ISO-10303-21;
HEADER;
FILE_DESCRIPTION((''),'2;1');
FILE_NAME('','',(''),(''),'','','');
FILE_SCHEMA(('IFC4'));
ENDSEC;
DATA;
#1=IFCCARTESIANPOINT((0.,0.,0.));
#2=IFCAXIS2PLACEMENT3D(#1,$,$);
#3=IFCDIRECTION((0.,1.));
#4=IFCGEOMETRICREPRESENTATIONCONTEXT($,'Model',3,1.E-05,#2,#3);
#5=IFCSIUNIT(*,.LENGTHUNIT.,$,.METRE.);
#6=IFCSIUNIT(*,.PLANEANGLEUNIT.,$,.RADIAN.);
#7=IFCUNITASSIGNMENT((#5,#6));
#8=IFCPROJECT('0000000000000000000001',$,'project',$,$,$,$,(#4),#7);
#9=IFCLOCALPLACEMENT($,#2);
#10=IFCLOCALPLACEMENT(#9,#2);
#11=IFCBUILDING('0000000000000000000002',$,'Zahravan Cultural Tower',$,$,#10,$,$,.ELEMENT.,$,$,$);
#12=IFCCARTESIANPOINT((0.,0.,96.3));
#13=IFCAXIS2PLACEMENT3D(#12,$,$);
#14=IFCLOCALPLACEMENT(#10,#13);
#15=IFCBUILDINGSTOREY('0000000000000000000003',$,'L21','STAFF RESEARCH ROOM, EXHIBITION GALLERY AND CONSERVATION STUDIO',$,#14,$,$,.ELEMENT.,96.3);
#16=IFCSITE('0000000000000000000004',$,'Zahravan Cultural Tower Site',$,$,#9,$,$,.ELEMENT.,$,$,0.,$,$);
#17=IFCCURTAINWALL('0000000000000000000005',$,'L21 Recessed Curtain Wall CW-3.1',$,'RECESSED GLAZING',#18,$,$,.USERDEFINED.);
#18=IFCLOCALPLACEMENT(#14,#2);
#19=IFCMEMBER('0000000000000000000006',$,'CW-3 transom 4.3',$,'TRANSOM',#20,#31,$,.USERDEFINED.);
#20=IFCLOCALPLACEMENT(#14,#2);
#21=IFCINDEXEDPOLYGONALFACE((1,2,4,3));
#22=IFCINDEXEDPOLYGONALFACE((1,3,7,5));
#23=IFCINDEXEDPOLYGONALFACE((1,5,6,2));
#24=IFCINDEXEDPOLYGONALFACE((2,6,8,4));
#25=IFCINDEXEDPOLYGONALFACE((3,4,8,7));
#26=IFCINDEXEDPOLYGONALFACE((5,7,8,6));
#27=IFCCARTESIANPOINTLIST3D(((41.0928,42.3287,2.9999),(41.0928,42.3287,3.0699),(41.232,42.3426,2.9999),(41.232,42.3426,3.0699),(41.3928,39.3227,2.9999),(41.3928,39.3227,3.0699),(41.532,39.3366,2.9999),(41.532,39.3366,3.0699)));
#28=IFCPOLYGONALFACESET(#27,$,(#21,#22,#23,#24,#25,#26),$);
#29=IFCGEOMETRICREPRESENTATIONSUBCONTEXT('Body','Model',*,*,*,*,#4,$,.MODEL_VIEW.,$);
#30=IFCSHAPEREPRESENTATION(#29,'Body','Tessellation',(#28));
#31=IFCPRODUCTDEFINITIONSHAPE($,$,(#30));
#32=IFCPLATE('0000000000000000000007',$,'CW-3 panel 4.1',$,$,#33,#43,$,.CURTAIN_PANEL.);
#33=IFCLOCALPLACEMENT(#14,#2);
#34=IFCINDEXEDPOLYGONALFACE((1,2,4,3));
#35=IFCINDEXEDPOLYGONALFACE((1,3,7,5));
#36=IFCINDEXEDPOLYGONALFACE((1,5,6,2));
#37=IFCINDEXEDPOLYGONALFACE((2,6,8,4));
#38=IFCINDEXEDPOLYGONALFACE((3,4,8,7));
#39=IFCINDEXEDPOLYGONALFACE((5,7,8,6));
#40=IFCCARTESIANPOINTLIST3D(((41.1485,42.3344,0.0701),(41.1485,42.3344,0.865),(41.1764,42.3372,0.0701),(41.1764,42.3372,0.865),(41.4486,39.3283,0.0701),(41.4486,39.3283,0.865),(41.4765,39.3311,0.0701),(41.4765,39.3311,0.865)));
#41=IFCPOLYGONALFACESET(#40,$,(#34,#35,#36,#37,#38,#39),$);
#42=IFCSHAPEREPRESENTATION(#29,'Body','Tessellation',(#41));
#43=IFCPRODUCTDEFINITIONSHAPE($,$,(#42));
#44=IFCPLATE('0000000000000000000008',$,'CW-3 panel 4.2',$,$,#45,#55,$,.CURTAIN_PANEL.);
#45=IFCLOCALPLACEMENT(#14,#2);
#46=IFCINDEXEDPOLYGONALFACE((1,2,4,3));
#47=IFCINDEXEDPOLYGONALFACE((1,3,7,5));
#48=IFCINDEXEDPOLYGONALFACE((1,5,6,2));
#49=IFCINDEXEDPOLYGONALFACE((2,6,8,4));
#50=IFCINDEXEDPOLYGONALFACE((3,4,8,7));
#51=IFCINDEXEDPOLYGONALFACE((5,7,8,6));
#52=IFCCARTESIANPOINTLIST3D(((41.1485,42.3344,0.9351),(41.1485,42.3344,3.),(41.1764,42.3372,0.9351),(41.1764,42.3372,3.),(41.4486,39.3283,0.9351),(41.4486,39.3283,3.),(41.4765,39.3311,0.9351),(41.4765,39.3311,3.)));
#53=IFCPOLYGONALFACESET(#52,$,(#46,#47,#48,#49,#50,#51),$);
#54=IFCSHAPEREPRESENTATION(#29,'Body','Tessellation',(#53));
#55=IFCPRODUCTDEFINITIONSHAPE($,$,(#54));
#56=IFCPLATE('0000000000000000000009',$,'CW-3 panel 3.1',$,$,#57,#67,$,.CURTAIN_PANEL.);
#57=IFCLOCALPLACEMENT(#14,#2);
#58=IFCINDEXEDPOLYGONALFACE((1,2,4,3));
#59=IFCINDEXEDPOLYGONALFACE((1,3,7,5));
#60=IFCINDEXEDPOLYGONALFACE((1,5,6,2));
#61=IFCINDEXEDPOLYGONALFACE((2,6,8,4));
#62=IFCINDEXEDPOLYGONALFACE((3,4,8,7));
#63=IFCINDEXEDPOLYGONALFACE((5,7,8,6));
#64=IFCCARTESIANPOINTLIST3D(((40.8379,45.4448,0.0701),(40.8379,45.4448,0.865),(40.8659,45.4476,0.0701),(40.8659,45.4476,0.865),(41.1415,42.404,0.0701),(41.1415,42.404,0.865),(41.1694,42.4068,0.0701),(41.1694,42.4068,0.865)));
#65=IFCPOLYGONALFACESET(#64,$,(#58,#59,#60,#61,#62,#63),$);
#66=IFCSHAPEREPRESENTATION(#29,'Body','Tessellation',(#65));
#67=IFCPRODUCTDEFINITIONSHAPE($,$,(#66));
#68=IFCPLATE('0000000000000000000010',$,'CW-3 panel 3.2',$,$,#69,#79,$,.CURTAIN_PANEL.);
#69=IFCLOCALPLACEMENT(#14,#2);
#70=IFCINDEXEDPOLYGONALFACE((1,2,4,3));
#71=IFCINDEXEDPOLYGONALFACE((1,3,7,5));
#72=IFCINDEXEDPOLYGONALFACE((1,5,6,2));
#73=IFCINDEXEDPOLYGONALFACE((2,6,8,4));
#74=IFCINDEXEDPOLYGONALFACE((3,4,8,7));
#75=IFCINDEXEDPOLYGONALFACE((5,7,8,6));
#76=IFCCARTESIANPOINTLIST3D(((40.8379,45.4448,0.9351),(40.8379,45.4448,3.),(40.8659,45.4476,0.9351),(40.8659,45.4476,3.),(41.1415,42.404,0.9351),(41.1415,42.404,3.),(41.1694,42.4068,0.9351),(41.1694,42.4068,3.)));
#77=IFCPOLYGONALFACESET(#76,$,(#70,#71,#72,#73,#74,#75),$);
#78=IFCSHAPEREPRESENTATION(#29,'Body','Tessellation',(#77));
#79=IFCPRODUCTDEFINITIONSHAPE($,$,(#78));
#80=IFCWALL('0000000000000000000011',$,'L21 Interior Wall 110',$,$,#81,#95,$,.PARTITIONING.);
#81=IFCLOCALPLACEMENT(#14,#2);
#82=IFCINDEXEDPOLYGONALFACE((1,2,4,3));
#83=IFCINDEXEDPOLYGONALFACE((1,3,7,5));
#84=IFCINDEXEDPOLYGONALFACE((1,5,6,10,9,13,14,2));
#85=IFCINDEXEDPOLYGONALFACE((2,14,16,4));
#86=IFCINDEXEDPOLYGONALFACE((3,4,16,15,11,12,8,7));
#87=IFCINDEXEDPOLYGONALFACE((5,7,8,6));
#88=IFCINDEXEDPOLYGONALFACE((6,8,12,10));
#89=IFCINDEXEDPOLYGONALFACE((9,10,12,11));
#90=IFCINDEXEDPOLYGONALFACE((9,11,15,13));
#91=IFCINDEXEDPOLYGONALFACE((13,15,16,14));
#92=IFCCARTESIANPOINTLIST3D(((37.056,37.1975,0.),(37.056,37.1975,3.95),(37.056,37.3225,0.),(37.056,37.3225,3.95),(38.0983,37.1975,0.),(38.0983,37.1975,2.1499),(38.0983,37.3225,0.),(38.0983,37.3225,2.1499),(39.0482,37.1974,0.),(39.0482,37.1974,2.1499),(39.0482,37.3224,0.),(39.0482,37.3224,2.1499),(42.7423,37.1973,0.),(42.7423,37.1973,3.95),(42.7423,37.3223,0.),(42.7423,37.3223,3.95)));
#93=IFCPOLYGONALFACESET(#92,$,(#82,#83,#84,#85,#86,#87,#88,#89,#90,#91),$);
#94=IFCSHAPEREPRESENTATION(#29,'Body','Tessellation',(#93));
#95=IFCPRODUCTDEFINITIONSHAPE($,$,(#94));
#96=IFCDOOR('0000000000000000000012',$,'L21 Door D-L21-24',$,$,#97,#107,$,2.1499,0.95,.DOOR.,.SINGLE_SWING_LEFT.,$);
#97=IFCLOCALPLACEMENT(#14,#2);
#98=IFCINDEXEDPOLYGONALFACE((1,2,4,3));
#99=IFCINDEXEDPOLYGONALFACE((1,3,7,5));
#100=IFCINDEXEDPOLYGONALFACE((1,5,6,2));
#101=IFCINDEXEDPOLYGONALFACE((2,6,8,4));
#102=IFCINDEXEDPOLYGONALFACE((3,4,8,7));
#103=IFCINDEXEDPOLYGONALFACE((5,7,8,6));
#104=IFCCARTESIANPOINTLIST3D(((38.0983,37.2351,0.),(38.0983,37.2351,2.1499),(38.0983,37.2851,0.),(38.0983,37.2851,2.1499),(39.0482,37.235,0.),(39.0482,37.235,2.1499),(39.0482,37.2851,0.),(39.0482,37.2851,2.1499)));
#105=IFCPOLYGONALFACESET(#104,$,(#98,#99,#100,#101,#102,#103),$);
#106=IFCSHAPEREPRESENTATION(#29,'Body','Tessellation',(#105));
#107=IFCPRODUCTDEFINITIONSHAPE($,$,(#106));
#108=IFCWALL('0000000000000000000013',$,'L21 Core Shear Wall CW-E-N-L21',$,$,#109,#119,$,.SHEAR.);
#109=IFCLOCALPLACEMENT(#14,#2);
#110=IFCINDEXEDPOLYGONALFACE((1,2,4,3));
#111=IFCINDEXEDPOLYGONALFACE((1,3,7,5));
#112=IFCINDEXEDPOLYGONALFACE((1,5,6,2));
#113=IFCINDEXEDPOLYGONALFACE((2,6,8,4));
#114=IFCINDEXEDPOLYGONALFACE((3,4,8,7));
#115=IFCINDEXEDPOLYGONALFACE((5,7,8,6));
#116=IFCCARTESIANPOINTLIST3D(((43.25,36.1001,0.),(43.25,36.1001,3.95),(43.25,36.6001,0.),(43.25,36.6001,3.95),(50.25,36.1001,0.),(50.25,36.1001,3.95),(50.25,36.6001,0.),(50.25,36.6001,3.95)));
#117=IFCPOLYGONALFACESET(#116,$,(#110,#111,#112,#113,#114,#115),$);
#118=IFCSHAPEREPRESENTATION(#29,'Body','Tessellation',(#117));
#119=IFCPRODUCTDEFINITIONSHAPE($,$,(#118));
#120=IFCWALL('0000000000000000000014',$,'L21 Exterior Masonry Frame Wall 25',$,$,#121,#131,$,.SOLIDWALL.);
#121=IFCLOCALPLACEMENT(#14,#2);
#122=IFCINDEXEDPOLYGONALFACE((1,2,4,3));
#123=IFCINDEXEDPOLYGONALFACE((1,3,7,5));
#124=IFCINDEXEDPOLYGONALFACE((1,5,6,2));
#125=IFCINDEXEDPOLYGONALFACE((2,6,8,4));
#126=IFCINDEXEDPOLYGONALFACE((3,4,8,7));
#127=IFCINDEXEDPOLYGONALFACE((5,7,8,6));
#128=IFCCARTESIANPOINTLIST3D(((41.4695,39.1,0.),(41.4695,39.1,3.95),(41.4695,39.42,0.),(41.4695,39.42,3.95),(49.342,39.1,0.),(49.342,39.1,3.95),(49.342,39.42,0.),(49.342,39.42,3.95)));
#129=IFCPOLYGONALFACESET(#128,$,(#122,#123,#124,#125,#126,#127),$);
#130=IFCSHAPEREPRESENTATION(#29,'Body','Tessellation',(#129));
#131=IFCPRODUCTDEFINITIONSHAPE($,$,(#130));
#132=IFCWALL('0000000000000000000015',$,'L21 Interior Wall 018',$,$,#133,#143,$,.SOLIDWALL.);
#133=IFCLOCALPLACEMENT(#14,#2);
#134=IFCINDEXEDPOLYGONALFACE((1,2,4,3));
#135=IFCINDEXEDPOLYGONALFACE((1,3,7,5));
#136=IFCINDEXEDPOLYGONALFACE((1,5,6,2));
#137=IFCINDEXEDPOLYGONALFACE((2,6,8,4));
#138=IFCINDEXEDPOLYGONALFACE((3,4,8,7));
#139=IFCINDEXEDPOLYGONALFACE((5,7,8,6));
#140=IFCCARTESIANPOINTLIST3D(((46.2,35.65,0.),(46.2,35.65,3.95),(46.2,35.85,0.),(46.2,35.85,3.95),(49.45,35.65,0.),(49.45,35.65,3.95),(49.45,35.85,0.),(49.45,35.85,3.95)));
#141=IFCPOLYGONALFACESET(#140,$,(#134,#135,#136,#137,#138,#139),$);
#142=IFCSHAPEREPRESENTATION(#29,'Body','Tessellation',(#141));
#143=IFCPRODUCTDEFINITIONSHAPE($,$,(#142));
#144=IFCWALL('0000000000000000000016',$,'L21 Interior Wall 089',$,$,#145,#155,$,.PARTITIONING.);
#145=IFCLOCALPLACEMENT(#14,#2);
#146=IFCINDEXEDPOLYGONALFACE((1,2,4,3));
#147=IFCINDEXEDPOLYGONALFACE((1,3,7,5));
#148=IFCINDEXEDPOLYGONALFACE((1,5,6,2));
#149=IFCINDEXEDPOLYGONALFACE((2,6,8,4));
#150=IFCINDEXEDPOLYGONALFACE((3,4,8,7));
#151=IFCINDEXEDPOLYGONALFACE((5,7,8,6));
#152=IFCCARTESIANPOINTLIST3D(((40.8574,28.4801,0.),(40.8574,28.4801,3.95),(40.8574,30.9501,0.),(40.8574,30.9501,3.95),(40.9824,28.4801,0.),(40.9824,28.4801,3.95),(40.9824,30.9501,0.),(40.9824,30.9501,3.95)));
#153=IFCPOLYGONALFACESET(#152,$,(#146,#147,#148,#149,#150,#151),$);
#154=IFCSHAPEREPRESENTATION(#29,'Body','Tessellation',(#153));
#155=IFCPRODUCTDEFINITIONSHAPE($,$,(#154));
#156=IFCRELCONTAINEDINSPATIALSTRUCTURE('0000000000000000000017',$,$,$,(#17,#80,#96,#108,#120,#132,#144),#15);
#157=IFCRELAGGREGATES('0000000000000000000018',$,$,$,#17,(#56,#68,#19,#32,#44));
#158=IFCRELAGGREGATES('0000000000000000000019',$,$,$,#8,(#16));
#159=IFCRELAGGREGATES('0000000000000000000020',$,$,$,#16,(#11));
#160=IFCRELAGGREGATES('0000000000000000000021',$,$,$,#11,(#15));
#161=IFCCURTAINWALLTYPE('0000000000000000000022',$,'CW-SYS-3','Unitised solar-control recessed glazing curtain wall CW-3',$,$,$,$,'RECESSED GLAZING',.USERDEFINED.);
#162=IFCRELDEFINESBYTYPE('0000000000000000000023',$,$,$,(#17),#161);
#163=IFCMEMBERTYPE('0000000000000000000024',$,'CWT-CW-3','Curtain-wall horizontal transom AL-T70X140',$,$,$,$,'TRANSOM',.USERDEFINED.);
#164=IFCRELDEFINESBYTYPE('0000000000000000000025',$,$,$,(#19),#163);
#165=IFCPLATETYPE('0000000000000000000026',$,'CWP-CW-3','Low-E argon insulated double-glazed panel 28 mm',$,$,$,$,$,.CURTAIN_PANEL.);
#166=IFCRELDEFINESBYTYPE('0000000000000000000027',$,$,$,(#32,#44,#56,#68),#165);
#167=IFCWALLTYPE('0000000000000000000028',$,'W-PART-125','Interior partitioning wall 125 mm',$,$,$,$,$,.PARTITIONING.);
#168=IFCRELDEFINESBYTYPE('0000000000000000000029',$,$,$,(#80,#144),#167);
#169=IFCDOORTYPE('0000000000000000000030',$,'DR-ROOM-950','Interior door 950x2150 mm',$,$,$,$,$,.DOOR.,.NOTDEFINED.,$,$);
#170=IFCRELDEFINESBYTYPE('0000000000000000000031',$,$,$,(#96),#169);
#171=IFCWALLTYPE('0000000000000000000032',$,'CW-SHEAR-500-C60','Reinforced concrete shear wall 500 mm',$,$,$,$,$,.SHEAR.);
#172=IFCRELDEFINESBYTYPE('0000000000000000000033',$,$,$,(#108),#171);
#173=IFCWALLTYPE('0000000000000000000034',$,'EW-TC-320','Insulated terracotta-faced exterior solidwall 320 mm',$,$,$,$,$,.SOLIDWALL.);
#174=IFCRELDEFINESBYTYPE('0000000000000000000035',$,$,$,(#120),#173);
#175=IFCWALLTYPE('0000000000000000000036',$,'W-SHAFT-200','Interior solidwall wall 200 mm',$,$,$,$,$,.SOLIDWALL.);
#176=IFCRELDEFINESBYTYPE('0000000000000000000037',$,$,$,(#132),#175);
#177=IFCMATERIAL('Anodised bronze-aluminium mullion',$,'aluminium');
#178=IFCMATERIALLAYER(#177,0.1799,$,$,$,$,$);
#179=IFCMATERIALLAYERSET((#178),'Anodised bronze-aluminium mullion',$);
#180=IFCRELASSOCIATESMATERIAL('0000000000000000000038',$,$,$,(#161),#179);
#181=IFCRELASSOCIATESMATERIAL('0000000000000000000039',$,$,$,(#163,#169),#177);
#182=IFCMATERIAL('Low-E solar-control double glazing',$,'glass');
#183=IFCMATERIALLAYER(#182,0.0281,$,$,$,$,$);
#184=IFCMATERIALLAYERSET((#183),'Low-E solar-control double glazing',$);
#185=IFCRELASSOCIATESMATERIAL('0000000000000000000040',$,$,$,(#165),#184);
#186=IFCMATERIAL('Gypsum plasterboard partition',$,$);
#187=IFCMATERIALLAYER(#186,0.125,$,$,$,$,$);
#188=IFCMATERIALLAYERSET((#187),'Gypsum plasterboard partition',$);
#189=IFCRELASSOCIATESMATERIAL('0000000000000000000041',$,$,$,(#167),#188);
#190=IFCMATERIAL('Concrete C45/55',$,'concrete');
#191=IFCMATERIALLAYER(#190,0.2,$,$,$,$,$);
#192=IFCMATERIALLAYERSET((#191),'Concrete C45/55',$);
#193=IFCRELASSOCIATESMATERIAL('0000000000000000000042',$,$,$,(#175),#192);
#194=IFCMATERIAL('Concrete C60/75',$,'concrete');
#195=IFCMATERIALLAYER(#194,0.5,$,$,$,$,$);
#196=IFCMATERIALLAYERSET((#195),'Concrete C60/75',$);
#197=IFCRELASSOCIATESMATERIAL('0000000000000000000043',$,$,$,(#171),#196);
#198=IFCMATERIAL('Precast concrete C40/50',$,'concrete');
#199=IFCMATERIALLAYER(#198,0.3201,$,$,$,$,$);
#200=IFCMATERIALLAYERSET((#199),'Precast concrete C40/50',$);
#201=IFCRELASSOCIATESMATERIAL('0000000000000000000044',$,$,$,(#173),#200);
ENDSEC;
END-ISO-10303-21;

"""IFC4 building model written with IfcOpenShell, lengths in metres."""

from ifc_helpers import new_model, si_unit, direction, frame, frame_2d, origin, origin_2d, place, context, subcontext, project, spatial, rectangle, extrude, source, transform, mapped, material, layer, layer_set, material_profile, profile_set, type_object, element, fill, aggregate, save


model = new_model("IFC4")

# Units and contexts
model_context = context("Model", 3, precision=1e-05, world=origin(), true_north=direction((0.0, 1.0)))
body_context = subcontext(model_context, "Body", "Model", "MODEL_VIEW")
ifc_project = project(units=[si_unit("LENGTHUNIT", "METRE"), si_unit("PLANEANGLEUNIT", "RADIAN")], contexts=[model_context])

# Site, building, storey
site_placement = place(None, origin())
site = spatial("IfcSite", under=ifc_project, at=site_placement, Name="Zahravan Cultural Tower Site", CompositionType="ELEMENT", RefElevation=0.0)
building_placement = place(site_placement, origin())
building = spatial("IfcBuilding", under=site, at=building_placement, Name="Zahravan Cultural Tower", CompositionType="ELEMENT")
storey_placement = place(building_placement, frame((0.0, 0.0, 96.3)))
storey = spatial("IfcBuildingStorey", under=building, at=storey_placement, Name="L21", Description="STAFF RESEARCH ROOM, EXHIBITION GALLERY AND CONSERVATION STUDIO", CompositionType="ELEMENT", Elevation=96.3)

# Shared definitions
ifc_material_1 = material(Name="Concrete C60/75", Category="concrete")

# Curtain wall, member, plates
ifc_material_2 = material(Name="Anodised bronze-aluminium mullion", Category="aluminium")
ifc_layer_1 = layer(ifc_material_2, 0.1799)
ifc_layer_set_1 = layer_set([ifc_layer_1], Name="Anodised bronze-aluminium mullion")
curtain_wall_type = type_object("IfcCurtainWallType", Name="CW-SYS-3", Description="Unitised solar-control recessed glazing curtain wall CW-3", ElementType="RECESSED GLAZING", PredefinedType="USERDEFINED", material=ifc_layer_set_1)
curtain_wall_placement = place(storey_placement, origin())
curtain_wall = element("IfcCurtainWall", 1, at=curtain_wall_placement, inside=storey, type_object=curtain_wall_type, Name="L21 Recessed Curtain Wall CW-3.1", ObjectType="RECESSED GLAZING", PredefinedType="USERDEFINED")
ifc_material_profile_1 = material_profile(ifc_material_2, rectangle(XDim=0.1399, YDim=0.0701, at=origin_2d()), Name="AL-T70X140")
ifc_profile_set_1 = profile_set([ifc_material_profile_1], Name="Anodised bronze-aluminium mullion")
member_type_1 = type_object("IfcMemberType", Name="CWT-CW-3", Description="Curtain-wall horizontal transom AL-T70X140", ElementType="TRANSOM", PredefinedType="USERDEFINED", material=ifc_profile_set_1)
shared_shape_1 = source(origin(), body_context, "Body", "SweptSolid", [
    extrude(rectangle(XDim=0.1399, YDim=0.0701, at=origin_2d()), origin(), (0.0, 0.0, 1.0), 3.021),
])
member_1_placement = place(storey_placement, frame((41.1624, 42.3357, 3.0349), z_axis=(0.09932, -0.995056, 0.0), x_axis=(0.995056, 0.09932, 0.0)))
member_1 = element("IfcMember", 2, at=member_1_placement, type_object=member_type_1, Name="CW-3 transom 4.3", ObjectType="TRANSOM", PredefinedType="USERDEFINED", context=body_context, shape_type="MappedRepresentation", body=[
    mapped(shared_shape_1, transform((0.0, 0.0, 0.0), x_axis=(1.0, 0.0, 0.0), y_axis=(0.0, 1.0, 0.0), z_axis=(0.0, 0.0, 1.0), scale=1.0)),
])
ifc_material_3 = material(Name="Low-E solar-control double glazing", Category="glass")
ifc_layer_2 = layer(ifc_material_3, 0.0281)
ifc_layer_set_2 = layer_set([ifc_layer_2], Name="Low-E solar-control double glazing")
plate_type = type_object("IfcPlateType", Name="CWP-CW-3", Description="Low-E argon insulated double-glazed panel 28 mm", PredefinedType="CURTAIN_PANEL", material=ifc_layer_set_2)
shared_shape_2 = source(origin(), body_context, "Body", "SweptSolid", [
    extrude(rectangle(XDim=3.021, YDim=0.0281, at=origin_2d()), origin(), (0.0, 0.0, 1.0), 0.7949),
])
plate_1_placement = place(storey_placement, frame((41.3125, 40.8328, 0.0701), z_axis=(0.0, 0.0, 1.0), x_axis=(0.099322, -0.995055, 0.0)))
plate_1 = element("IfcPlate", 3, at=plate_1_placement, type_object=plate_type, Name="CW-3 panel 4.1", PredefinedType="CURTAIN_PANEL", context=body_context, shape_type="MappedRepresentation", body=[
    mapped(shared_shape_2, transform((0.0, 0.0, 0.0), x_axis=(1.0, 0.0, 0.0), y_axis=(0.0, 1.0, 0.0), z_axis=(0.0, 0.0, 1.0), scale=1.0)),
])
shared_shape_3 = source(origin(), body_context, "Body", "SweptSolid", [
    extrude(rectangle(XDim=3.021, YDim=0.0281, at=origin_2d()), origin(), (0.0, 0.0, 1.0), 2.0649),
])
plate_2_placement = place(storey_placement, frame((41.3125, 40.8328, 0.9351), z_axis=(0.0, 0.0, 1.0), x_axis=(0.099322, -0.995055, 0.0)))
plate_2 = element("IfcPlate", 4, at=plate_2_placement, type_object=plate_type, Name="CW-3 panel 4.2", PredefinedType="CURTAIN_PANEL", context=body_context, shape_type="MappedRepresentation", body=[
    mapped(shared_shape_3, transform((0.0, 0.0, 0.0), x_axis=(1.0, 0.0, 0.0), y_axis=(0.0, 1.0, 0.0), z_axis=(0.0, 0.0, 1.0), scale=1.0)),
])
shared_shape_4 = source(origin(), body_context, "Body", "SweptSolid", [
    extrude(rectangle(XDim=3.0559, YDim=0.0281, at=origin_2d()), origin(), (0.0, 0.0, 1.0), 0.7949),
])
plate_3_placement = place(storey_placement, frame((41.0037, 43.9258, 0.0701), z_axis=(0.0, 0.0, 1.0), x_axis=(0.099322, -0.995055, 0.0)))
plate_3 = element("IfcPlate", 5, at=plate_3_placement, type_object=plate_type, Name="CW-3 panel 3.1", PredefinedType="CURTAIN_PANEL", context=body_context, shape_type="MappedRepresentation", body=[
    mapped(shared_shape_4, transform((0.0, 0.0, 0.0), x_axis=(1.0, 0.0, 0.0), y_axis=(0.0, 1.0, 0.0), z_axis=(0.0, 0.0, 1.0), scale=1.0)),
])
shared_shape_5 = source(origin(), body_context, "Body", "SweptSolid", [
    extrude(rectangle(XDim=3.0559, YDim=0.0281, at=origin_2d()), origin(), (0.0, 0.0, 1.0), 2.0649),
])
plate_4_placement = place(storey_placement, frame((41.0037, 43.9258, 0.9351), z_axis=(0.0, 0.0, 1.0), x_axis=(0.099322, -0.995055, 0.0)))
plate_4 = element("IfcPlate", 6, at=plate_4_placement, type_object=plate_type, Name="CW-3 panel 3.2", PredefinedType="CURTAIN_PANEL", context=body_context, shape_type="MappedRepresentation", body=[
    mapped(shared_shape_5, transform((0.0, 0.0, 0.0), x_axis=(1.0, 0.0, 0.0), y_axis=(0.0, 1.0, 0.0), z_axis=(0.0, 0.0, 1.0), scale=1.0)),
])
aggregate(curtain_wall, [plate_3, plate_4, member_1, plate_1, plate_2])

# Wall, opening, door
ifc_material_4 = material(Name="Gypsum plasterboard partition")
ifc_layer_3 = layer(ifc_material_4, 0.125)
ifc_layer_set_3 = layer_set([ifc_layer_3], Name="Gypsum plasterboard partition")
wall_type_1 = type_object("IfcWallType", Name="W-PART-125", Description="Interior partitioning wall 125 mm", PredefinedType="PARTITIONING", material=ifc_layer_set_3)
door_type_1 = type_object("IfcDoorType", Name="DR-ROOM-950", Description="Interior door 950x2150 mm", OperationType="NOTDEFINED", PredefinedType="DOOR", material=ifc_material_2)
shared_shape_6 = source(origin(), body_context, "Body", "SweptSolid", [
    extrude(rectangle(XDim=0.95, YDim=2.1499, at=frame_2d((0.4751, 1.075))), frame((0.0, 0.0249, 0.0), z_axis=(0.0, -1.0, 0.0), x_axis=(1.0, 0.0, 0.0)), (0.0, 0.0, 1.0), 0.05),
])
wall_1_placement = place(storey_placement, frame((42.7424, 37.2598, 0.0), z_axis=(0.0, 0.0, 1.0), x_axis=(-1.0, 0.000043, 0.0)))
wall_1 = element("IfcWall", 7, at=wall_1_placement, inside=storey, type_object=wall_type_1, Name="L21 Interior Wall 110", PredefinedType="PARTITIONING", context=body_context, shape_type="SweptSolid", body=[
    extrude(rectangle(XDim=5.6863, YDim=0.125, at=frame_2d((2.8433, 0.0))), origin(), (0.0, 0.0, 1.0), 3.95),
])
opening_1_placement = place(wall_1_placement, frame((3.6941, 0.0, 0.0)))
opening_1 = element("IfcOpeningElement", 8, at=opening_1_placement, cuts=wall_1, PredefinedType="OPENING", context=body_context, shape_type="SweptSolid", body=[
    extrude(rectangle(XDim=0.95, YDim=2.1499, at=frame_2d((0.4751, 1.075))), frame((0.0, 0.0725, 0.0), z_axis=(0.0, -1.0, 0.0), x_axis=(1.0, 0.0, 0.0)), (0.0, 0.0, 1.0), 0.145),
])
door_1_placement = place(opening_1_placement, origin())
door_1 = element("IfcDoor", 9, at=door_1_placement, inside=storey, type_object=door_type_1, Name="L21 Door D-L21-24", OperationType="SINGLE_SWING_LEFT", OverallHeight=2.1499, OverallWidth=0.95, PredefinedType="DOOR", context=body_context, shape_type="MappedRepresentation", body=[
    mapped(shared_shape_6, transform((0.0, 0.0, 0.0), x_axis=(1.0, 0.0, 0.0), y_axis=(0.0, 1.0, 0.0), z_axis=(0.0, 0.0, 1.0), scale=1.0)),
])
fill(opening_1, door_1)
ifc_material_5 = material(Name="Concrete C45/55", Category="concrete")
ifc_layer_4 = layer(ifc_material_5, 0.2)
ifc_layer_set_4 = layer_set([ifc_layer_4], Name="Concrete C45/55")
wall_type_2 = type_object("IfcWallType", Name="W-SHAFT-200", Description="Interior solidwall wall 200 mm", PredefinedType="SOLIDWALL", material=ifc_layer_set_4)

# Walls
ifc_layer_5 = layer(ifc_material_1, 0.5)
ifc_layer_set_5 = layer_set([ifc_layer_5], Name="Concrete C60/75")
wall_type_3 = type_object("IfcWallType", Name="CW-SHEAR-500-C60", Description="Reinforced concrete shear wall 500 mm", PredefinedType="SHEAR", material=ifc_layer_set_5)
shared_shape_7 = source(origin(), body_context, "Body", "SweptSolid", [
    extrude(rectangle(XDim=7.0, YDim=0.5, at=frame_2d((3.5, 0.0))), origin(), (0.0, 0.0, 1.0), 3.95),
])
wall_2_placement = place(storey_placement, frame((43.25, 36.3501, 0.0), z_axis=(0.0, 0.0, 1.0), x_axis=(1.0, 0.0, 0.0)))
element("IfcWall", 10, at=wall_2_placement, inside=storey, type_object=wall_type_3, Name="L21 Core Shear Wall CW-E-N-L21", PredefinedType="SHEAR", context=body_context, shape_type="MappedRepresentation", body=[
    mapped(shared_shape_7, transform((0.0, 0.0, 0.0), x_axis=(1.0, 0.0, 0.0), y_axis=(0.0, 1.0, 0.0), z_axis=(0.0, 0.0, 1.0), scale=1.0)),
])
ifc_material_6 = material(Name="Precast concrete C40/50", Category="concrete")
ifc_layer_6 = layer(ifc_material_6, 0.3201)
ifc_layer_set_6 = layer_set([ifc_layer_6], Name="Precast concrete C40/50")
wall_type_4 = type_object("IfcWallType", Name="EW-TC-320", Description="Insulated terracotta-faced exterior solidwall 320 mm", PredefinedType="SOLIDWALL", material=ifc_layer_set_6)
shared_shape_8 = source(origin(), body_context, "Body", "SweptSolid", [
    extrude(rectangle(XDim=7.8726, YDim=0.3201, at=frame_2d((3.9363, 0.0))), origin(), (0.0, 0.0, 1.0), 3.95),
])
wall_3_placement = place(storey_placement, frame((41.4695, 39.26, 0.0), z_axis=(0.0, 0.0, 1.0), x_axis=(1.0, 0.0, 0.0)))
element("IfcWall", 11, at=wall_3_placement, inside=storey, type_object=wall_type_4, Name="L21 Exterior Masonry Frame Wall 25", PredefinedType="SOLIDWALL", context=body_context, shape_type="MappedRepresentation", body=[
    mapped(shared_shape_8, transform((0.0, 0.0, 0.0), x_axis=(1.0, 0.0, 0.0), y_axis=(0.0, 1.0, 0.0), z_axis=(0.0, 0.0, 1.0), scale=1.0)),
])
shared_shape_9 = source(origin(), body_context, "Body", "SweptSolid", [
    extrude(rectangle(XDim=3.25, YDim=0.2, at=frame_2d((1.625, 0.0))), origin(), (0.0, 0.0, 1.0), 3.95),
])
wall_4_placement = place(storey_placement, frame((46.2, 35.75, 0.0), z_axis=(0.0, 0.0, 1.0), x_axis=(1.0, 0.0, 0.0)))
element("IfcWall", 12, at=wall_4_placement, inside=storey, type_object=wall_type_2, Name="L21 Interior Wall 018", PredefinedType="SOLIDWALL", context=body_context, shape_type="MappedRepresentation", body=[
    mapped(shared_shape_9, transform((0.0, 0.0, 0.0), x_axis=(1.0, 0.0, 0.0), y_axis=(0.0, 1.0, 0.0), z_axis=(0.0, 0.0, 1.0), scale=1.0)),
])
shared_shape_10 = source(origin(), body_context, "Body", "SweptSolid", [
    extrude(rectangle(XDim=2.47, YDim=0.125, at=frame_2d((1.2349, 0.0))), origin(), (0.0, 0.0, 1.0), 3.95),
])
wall_5_placement = place(storey_placement, frame((40.9199, 30.95, 0.0), z_axis=(0.0, 0.0, 1.0), x_axis=(0.0, -1.0, 0.0)))
element("IfcWall", 13, at=wall_5_placement, inside=storey, type_object=wall_type_1, Name="L21 Interior Wall 089", PredefinedType="PARTITIONING", context=body_context, shape_type="MappedRepresentation", body=[
    mapped(shared_shape_10, transform((0.0, 0.0, 0.0), x_axis=(1.0, 0.0, 0.0), y_axis=(0.0, 1.0, 0.0), z_axis=(0.0, 0.0, 1.0), scale=1.0)),
])

save(model, "model.ifc")
